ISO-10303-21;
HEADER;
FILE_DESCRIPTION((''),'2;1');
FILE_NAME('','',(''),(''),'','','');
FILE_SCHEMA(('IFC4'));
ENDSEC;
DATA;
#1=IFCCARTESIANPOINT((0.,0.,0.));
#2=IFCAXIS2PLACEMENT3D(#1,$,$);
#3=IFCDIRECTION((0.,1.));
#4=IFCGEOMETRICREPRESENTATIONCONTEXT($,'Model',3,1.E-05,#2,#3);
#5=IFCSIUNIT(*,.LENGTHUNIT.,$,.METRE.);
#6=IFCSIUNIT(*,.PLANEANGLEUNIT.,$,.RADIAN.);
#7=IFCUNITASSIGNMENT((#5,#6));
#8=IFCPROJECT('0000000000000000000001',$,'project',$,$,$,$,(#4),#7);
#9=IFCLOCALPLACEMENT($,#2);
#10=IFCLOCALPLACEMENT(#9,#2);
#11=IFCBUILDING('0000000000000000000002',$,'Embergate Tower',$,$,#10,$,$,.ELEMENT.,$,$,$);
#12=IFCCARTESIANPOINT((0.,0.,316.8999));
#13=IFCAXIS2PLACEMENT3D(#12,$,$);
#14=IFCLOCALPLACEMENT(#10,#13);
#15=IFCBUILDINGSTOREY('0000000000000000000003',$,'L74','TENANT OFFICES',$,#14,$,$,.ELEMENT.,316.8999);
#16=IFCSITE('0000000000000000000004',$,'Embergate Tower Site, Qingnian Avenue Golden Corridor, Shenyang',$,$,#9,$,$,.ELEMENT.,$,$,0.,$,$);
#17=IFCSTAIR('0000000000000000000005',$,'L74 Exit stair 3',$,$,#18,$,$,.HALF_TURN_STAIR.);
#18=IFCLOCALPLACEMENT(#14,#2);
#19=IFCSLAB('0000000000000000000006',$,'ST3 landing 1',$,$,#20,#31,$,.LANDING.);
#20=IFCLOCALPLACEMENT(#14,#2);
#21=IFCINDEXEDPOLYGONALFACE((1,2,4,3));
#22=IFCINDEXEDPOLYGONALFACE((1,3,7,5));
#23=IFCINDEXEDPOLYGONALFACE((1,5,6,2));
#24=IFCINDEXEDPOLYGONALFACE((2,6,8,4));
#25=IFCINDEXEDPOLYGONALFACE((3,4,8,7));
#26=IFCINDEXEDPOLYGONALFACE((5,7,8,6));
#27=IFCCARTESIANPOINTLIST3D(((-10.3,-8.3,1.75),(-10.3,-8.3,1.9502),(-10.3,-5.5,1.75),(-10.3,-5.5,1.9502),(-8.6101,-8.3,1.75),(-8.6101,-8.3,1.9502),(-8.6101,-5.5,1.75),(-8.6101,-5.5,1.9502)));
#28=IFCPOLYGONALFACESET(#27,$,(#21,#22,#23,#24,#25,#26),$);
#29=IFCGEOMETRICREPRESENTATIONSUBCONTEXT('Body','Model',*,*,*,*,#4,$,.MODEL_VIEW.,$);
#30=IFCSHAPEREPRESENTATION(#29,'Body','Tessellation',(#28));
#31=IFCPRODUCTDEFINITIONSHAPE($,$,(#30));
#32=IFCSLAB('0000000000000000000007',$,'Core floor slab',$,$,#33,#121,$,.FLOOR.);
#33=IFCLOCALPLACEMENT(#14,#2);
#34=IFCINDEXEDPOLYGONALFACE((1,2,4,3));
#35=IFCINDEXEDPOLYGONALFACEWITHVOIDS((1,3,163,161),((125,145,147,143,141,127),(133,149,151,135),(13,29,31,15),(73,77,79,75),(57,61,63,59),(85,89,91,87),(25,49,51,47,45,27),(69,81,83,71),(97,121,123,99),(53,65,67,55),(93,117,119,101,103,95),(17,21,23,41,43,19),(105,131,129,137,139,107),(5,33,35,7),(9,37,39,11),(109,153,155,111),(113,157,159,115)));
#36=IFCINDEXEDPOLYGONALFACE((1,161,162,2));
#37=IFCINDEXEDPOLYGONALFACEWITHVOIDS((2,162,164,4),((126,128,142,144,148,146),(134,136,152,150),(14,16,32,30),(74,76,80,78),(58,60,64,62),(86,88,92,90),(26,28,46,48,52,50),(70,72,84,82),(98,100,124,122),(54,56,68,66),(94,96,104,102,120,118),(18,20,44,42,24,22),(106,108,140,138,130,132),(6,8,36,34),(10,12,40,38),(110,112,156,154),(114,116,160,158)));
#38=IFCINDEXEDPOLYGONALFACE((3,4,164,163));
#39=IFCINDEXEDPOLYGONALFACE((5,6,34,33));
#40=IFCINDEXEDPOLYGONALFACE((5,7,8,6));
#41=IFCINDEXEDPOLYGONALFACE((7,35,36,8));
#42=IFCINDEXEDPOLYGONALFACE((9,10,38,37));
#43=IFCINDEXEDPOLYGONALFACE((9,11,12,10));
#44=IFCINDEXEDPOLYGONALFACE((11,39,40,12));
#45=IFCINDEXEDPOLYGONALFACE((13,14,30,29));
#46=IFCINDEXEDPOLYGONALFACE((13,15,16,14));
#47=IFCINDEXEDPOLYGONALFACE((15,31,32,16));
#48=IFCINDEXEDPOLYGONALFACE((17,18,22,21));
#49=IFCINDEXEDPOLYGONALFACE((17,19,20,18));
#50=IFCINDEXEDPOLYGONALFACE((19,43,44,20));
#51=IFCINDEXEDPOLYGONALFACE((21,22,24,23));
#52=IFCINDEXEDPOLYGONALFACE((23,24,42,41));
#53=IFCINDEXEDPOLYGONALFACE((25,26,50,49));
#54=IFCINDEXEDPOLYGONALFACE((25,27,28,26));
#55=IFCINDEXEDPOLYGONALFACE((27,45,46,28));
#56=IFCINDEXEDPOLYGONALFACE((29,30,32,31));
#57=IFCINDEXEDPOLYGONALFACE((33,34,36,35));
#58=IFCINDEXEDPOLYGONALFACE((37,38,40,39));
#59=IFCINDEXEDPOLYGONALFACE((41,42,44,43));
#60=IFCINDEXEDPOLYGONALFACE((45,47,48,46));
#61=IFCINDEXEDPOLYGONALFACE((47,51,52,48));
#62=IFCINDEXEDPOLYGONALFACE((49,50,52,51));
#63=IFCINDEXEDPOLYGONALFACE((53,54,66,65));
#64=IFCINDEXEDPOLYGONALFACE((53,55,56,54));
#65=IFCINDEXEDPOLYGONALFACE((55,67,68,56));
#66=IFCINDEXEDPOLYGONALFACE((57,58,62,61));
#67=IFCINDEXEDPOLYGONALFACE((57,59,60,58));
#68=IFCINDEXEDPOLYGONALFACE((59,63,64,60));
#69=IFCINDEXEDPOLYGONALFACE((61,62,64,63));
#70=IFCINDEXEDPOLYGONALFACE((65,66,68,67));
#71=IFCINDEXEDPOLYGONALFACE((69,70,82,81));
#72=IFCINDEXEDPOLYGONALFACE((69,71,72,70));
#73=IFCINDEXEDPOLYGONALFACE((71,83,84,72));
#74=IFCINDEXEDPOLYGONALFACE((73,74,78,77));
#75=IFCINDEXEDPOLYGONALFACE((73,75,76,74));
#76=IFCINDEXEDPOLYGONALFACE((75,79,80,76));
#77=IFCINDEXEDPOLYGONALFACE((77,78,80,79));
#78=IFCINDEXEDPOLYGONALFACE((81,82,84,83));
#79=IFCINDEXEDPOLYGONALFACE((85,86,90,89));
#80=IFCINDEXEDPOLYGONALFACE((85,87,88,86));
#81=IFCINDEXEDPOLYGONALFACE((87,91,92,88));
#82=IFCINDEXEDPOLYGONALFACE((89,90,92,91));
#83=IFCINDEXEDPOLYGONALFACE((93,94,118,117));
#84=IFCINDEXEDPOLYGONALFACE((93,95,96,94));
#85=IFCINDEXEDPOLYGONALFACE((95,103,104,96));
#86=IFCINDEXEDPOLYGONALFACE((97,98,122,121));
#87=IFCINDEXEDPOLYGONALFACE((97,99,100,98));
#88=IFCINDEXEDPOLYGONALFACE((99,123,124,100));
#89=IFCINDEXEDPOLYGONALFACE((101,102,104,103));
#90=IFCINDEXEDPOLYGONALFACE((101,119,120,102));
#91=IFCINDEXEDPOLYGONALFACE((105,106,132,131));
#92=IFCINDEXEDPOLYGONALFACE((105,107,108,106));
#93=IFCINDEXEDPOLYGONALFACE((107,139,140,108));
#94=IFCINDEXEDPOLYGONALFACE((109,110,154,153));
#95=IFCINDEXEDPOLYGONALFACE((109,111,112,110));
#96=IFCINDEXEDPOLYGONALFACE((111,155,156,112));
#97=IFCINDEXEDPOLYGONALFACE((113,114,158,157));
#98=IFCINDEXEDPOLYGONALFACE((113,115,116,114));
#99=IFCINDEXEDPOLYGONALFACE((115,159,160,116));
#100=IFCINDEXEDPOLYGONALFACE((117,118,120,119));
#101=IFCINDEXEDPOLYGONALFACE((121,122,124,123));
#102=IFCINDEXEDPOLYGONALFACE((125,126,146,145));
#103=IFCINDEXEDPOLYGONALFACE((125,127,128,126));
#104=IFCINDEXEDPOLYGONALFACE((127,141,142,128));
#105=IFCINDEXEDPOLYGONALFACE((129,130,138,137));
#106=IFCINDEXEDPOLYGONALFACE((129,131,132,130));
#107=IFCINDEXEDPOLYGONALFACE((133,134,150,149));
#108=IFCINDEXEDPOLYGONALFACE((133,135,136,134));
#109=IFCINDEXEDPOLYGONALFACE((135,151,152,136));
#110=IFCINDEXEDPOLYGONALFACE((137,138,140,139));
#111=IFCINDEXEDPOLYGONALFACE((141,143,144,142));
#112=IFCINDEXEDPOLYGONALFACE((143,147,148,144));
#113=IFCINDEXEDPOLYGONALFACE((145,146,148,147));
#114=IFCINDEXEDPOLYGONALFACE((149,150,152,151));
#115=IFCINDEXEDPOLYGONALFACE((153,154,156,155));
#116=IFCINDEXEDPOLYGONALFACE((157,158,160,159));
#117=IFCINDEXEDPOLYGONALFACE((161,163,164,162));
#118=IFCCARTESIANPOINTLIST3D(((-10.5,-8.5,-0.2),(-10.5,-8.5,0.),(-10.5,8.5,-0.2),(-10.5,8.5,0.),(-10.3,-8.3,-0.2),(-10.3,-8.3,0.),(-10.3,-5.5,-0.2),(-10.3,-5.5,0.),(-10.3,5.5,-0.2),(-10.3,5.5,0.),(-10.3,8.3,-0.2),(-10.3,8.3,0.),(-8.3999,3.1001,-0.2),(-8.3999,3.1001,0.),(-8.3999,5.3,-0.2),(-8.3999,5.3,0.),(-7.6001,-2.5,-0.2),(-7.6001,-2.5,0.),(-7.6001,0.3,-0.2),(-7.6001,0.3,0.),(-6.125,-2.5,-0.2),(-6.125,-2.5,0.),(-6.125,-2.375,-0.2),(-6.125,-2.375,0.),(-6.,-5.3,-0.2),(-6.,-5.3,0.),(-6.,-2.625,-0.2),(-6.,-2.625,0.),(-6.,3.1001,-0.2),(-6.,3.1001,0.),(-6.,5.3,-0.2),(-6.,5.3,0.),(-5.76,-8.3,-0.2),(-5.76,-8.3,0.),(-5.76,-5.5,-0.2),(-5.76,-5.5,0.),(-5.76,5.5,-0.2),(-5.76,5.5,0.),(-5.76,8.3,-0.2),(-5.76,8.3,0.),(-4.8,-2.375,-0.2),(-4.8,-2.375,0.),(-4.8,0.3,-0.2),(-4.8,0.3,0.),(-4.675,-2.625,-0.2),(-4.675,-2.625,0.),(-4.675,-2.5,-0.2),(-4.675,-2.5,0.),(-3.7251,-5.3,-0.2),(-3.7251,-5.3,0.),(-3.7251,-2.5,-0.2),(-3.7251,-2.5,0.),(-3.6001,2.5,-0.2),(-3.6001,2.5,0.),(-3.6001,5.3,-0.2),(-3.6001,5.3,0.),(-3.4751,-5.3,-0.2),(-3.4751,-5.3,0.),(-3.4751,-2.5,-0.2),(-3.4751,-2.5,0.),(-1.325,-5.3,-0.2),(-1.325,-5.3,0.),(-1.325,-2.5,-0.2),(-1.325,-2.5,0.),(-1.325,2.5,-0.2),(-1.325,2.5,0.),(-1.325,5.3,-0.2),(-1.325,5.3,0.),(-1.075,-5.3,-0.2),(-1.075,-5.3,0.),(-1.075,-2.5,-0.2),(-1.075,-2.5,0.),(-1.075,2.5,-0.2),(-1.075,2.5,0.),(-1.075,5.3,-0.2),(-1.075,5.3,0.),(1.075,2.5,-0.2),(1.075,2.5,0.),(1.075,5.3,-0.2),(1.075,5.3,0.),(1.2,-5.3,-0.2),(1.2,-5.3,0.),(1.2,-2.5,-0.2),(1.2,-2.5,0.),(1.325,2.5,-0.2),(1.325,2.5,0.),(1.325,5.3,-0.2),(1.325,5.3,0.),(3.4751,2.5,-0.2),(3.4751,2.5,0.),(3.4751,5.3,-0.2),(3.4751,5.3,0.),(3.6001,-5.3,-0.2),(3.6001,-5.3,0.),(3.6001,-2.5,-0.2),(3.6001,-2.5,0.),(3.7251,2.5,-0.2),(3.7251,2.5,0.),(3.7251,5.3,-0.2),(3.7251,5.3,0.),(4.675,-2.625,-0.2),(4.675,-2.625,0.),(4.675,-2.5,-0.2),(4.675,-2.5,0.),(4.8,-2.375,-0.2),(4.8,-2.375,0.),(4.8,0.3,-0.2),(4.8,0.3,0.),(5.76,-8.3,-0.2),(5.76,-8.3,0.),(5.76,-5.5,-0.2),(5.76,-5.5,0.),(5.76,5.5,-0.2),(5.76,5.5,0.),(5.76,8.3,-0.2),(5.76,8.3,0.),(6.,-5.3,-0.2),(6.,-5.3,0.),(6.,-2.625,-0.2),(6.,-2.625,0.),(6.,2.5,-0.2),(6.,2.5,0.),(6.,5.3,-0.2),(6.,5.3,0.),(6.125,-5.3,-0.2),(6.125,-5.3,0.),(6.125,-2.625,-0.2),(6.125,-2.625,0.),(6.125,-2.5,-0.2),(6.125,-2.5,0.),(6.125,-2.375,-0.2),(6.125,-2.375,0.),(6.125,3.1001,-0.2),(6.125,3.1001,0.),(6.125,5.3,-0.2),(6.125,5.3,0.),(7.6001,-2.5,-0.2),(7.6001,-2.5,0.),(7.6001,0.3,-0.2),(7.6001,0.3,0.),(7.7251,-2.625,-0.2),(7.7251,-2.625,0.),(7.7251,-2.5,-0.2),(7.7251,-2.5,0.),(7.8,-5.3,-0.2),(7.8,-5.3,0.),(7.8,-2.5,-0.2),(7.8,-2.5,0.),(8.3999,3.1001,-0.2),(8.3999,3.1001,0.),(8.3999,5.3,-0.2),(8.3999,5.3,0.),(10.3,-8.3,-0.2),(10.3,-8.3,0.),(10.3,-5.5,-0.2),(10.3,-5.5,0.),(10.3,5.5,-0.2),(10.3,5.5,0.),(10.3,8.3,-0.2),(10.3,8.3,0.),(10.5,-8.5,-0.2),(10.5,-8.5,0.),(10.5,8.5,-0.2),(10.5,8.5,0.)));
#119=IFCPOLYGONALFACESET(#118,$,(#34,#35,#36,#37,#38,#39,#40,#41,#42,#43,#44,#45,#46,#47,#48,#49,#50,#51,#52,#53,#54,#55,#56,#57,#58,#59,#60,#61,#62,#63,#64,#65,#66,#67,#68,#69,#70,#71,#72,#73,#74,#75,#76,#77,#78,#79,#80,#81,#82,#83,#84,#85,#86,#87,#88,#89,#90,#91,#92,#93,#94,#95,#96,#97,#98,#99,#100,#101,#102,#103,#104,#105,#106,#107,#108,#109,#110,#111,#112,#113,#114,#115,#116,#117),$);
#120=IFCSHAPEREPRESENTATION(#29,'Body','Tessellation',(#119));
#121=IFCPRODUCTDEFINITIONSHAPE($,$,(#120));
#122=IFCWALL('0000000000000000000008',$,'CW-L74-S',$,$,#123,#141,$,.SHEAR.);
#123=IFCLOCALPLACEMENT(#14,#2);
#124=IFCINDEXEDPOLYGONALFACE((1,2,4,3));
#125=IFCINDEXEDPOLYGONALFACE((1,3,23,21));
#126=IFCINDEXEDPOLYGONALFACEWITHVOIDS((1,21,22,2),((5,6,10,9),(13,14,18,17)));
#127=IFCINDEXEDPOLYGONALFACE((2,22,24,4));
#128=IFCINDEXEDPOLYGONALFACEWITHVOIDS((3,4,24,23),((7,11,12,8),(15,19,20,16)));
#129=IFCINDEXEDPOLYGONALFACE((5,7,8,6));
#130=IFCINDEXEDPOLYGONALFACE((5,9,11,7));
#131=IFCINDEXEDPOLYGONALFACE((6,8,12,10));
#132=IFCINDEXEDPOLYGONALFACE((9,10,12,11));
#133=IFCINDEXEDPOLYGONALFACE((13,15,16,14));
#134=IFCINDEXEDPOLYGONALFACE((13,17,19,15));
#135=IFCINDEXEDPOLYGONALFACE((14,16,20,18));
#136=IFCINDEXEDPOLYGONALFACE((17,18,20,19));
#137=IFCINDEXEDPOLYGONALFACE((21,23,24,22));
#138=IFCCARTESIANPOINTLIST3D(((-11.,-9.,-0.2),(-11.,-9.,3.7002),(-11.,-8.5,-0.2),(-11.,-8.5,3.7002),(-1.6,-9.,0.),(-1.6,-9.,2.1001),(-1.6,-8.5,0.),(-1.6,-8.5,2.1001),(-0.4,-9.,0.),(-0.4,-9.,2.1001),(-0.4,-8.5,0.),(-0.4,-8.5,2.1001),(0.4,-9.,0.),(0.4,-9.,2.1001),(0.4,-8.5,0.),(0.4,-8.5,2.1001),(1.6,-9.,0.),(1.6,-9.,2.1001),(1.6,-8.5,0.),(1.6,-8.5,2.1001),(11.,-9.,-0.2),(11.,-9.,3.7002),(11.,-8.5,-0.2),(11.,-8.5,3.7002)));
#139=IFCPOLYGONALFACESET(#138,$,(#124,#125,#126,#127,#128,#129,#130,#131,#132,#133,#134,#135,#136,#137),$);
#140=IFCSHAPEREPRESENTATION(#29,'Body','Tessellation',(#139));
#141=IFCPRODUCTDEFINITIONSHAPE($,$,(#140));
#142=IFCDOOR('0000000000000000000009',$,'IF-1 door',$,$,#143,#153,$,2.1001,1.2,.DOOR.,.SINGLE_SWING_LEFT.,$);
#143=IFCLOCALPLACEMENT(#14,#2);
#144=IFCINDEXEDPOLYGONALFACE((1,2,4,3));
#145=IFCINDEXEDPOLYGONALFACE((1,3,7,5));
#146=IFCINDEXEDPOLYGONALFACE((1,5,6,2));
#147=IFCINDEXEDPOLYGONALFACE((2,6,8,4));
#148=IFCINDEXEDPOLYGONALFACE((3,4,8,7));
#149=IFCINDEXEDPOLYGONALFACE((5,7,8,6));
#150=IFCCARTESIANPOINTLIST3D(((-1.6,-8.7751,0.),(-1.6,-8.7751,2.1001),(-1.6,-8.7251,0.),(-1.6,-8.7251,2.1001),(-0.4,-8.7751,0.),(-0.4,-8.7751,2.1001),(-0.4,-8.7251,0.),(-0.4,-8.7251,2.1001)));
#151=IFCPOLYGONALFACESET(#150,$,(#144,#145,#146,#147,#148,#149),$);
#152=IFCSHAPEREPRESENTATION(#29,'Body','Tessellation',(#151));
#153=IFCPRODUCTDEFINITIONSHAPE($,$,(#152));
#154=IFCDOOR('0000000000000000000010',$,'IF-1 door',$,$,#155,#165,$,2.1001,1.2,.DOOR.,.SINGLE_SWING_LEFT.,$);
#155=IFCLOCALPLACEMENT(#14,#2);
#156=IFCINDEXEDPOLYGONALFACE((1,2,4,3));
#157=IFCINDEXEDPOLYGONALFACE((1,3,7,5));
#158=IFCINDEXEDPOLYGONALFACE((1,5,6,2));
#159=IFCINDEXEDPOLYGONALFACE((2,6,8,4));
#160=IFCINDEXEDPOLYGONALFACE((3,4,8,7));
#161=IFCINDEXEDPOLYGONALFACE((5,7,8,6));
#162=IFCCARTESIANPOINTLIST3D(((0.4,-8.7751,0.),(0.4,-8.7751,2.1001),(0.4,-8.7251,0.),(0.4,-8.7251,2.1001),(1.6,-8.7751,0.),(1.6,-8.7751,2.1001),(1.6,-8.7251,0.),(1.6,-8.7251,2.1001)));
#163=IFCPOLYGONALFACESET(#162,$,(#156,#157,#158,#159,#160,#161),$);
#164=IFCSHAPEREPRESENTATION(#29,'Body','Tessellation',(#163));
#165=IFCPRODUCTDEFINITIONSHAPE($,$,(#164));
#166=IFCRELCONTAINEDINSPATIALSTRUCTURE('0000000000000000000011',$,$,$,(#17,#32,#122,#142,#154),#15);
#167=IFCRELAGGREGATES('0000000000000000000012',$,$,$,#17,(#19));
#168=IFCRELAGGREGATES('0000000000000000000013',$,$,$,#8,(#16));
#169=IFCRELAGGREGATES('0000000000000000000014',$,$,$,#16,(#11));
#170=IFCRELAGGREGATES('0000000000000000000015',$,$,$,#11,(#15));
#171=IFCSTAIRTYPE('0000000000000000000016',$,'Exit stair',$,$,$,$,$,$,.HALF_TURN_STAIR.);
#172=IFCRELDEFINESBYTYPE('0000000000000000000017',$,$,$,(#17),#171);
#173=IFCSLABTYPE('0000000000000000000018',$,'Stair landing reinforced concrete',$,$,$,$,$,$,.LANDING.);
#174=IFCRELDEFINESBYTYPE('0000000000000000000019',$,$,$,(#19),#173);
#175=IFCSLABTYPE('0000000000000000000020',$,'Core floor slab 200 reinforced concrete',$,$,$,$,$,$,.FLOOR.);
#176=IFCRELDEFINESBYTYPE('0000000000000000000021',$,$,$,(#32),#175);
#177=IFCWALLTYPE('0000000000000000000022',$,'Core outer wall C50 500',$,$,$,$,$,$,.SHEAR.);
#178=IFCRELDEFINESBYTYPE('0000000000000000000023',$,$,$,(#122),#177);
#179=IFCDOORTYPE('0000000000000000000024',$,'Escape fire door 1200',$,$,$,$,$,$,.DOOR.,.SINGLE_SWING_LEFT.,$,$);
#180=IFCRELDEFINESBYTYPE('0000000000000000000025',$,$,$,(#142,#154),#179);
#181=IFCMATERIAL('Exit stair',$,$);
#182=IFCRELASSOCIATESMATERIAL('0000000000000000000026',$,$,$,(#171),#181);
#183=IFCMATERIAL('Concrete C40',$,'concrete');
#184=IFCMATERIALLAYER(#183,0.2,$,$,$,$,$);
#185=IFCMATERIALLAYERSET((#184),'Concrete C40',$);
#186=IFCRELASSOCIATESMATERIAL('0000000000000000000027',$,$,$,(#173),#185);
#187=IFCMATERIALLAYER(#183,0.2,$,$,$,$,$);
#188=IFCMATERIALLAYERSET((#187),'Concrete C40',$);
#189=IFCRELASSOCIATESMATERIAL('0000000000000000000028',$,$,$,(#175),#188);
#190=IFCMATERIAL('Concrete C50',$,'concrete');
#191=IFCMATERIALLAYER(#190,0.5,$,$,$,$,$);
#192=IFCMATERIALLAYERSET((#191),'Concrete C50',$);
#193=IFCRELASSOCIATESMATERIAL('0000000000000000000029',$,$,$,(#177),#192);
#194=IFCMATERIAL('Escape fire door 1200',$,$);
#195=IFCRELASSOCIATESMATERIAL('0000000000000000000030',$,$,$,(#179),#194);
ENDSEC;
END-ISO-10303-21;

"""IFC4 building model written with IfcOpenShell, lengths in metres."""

from ifc_helpers import new_model, si_unit, direction, frame, frame_2d, origin, place, context, subcontext, project, spatial, polyline, rectangle, outline, extrude, source, transform, mapped, material, layer, layer_set, type_object, element, fill, aggregate, save


model = new_model("IFC4")

# Units and contexts
model_context = context("Model", 3, precision=1e-05, world=origin(), true_north=direction((0.0, 1.0)))
body_context = subcontext(model_context, "Body", "Model", "MODEL_VIEW")
ifc_project = project(units=[si_unit("LENGTHUNIT", "METRE"), si_unit("PLANEANGLEUNIT", "RADIAN")], contexts=[model_context])

# Site, building, storey
site_placement = place(None, origin())
site = spatial("IfcSite", under=ifc_project, at=site_placement, Name="Embergate Tower Site, Qingnian Avenue Golden Corridor, Shenyang", CompositionType="ELEMENT", RefElevation=0.0)
building_placement = place(site_placement, origin())
building = spatial("IfcBuilding", under=site, at=building_placement, Name="Embergate Tower", CompositionType="ELEMENT")
storey_placement = place(building_placement, frame((0.0, 0.0, 316.8999)))
storey = spatial("IfcBuildingStorey", under=building, at=storey_placement, Name="L74", Description="TENANT OFFICES", CompositionType="ELEMENT", Elevation=316.8999)

# Stair, slab
ifc_material_1 = material(Name="Exit stair")
stair_type = type_object("IfcStairType", Name="Exit stair", PredefinedType="HALF_TURN_STAIR", material=ifc_material_1)
stair_placement = place(storey_placement, origin())
stair = element("IfcStair", 1, at=stair_placement, inside=storey, type_object=stair_type, Name="L74 Exit stair 3", PredefinedType="HALF_TURN_STAIR")
ifc_material_2 = material(Name="Concrete C40", Category="concrete")
ifc_layer_1 = layer(ifc_material_2, 0.2)
ifc_layer_set_1 = layer_set([ifc_layer_1], Name="Concrete C40")
slab_type_1 = type_object("IfcSlabType", Name="Stair landing reinforced concrete", PredefinedType="LANDING", material=ifc_layer_set_1)
shared_shape_1 = source(origin(), body_context, "Body", "SweptSolid", [
    extrude(outline(polyline([(0.0, 0.0), (1.6899, 0.0), (1.6899, 2.8), (0.0, 2.8), (0.0, 0.0)])), origin(), (0.0, 0.0, 1.0), 0.2002),
])
slab_1_placement = place(storey_placement, frame((-10.3, -8.3, 1.75)))
slab_1 = element("IfcSlab", 2, at=slab_1_placement, type_object=slab_type_1, Name="ST3 landing 1", PredefinedType="LANDING", context=body_context, shape_type="MappedRepresentation", body=[
    mapped(shared_shape_1, transform((0.0, 0.0, 0.0))),
])

# Slab
ifc_layer_2 = layer(ifc_material_2, 0.2)
ifc_layer_set_2 = layer_set([ifc_layer_2], Name="Concrete C40")
slab_type_2 = type_object("IfcSlabType", Name="Core floor slab 200 reinforced concrete", PredefinedType="FLOOR", material=ifc_layer_set_2)
shared_shape_2 = source(origin(), body_context, "Body", "SweptSolid", [
    extrude(outline(polyline([(0.0, 0.0), (21.0, 0.0), (21.0, 17.0), (0.0, 17.0), (0.0, 0.0)]), holes=[polyline([(0.2, 0.2), (0.2, 3.0), (4.74, 3.0), (4.74, 0.2), (0.2, 0.2)]), polyline([(16.26, 0.2), (16.26, 3.0), (20.8, 3.0), (20.8, 0.2), (16.26, 0.2)]), polyline([(4.5, 3.2), (4.5, 5.875), (5.825, 5.875), (5.825, 6.0), (6.7749, 6.0), (6.7749, 3.2), (4.5, 3.2)]), polyline([(7.0249, 3.2), (7.0249, 6.0), (9.175, 6.0), (9.175, 3.2), (7.0249, 3.2)]), polyline([(9.425, 3.2), (9.425, 6.0), (11.7, 6.0), (11.7, 3.2), (9.425, 3.2)]), polyline([(14.1001, 3.2), (14.1001, 6.0), (15.175, 6.0), (15.175, 5.875), (16.5, 5.875), (16.5, 3.2), (14.1001, 3.2)]), polyline([(16.625, 3.2), (16.625, 5.875), (18.2251, 5.875), (18.2251, 6.0), (18.3, 6.0), (18.3, 3.2), (16.625, 3.2)]), polyline([(2.8999, 6.0), (2.8999, 8.8), (5.7, 8.8), (5.7, 6.125), (4.375, 6.125), (4.375, 6.0), (2.8999, 6.0)]), polyline([(16.625, 6.0), (16.625, 6.125), (15.3, 6.125), (15.3, 8.8), (18.1001, 8.8), (18.1001, 6.0), (16.625, 6.0)]), polyline([(6.8999, 11.0), (6.8999, 13.8), (9.175, 13.8), (9.175, 11.0), (6.8999, 11.0)]), polyline([(9.425, 11.0), (9.425, 13.8), (11.575, 13.8), (11.575, 11.0), (9.425, 11.0)]), polyline([(11.825, 11.0), (11.825, 13.8), (13.9751, 13.8), (13.9751, 11.0), (11.825, 11.0)]), polyline([(14.2251, 11.0), (14.2251, 13.8), (16.5, 13.8), (16.5, 11.0), (14.2251, 11.0)]), polyline([(2.1001, 11.6001), (2.1001, 13.8), (4.5, 13.8), (4.5, 11.6001), (2.1001, 11.6001)]), polyline([(16.625, 11.6001), (16.625, 13.8), (18.8999, 13.8), (18.8999, 11.6001), (16.625, 11.6001)]), polyline([(0.2, 14.0), (0.2, 16.8), (4.74, 16.8), (4.74, 14.0), (0.2, 14.0)]), polyline([(16.26, 14.0), (16.26, 16.8), (20.8, 16.8), (20.8, 14.0), (16.26, 14.0)])]), origin(), (0.0, 0.0, 1.0), 0.2),
])
slab_2_placement = place(storey_placement, frame((-10.5, -8.5, -0.2)))
element("IfcSlab", 3, at=slab_2_placement, inside=storey, type_object=slab_type_2, Name="Core floor slab", PredefinedType="FLOOR", context=body_context, shape_type="MappedRepresentation", body=[
    mapped(shared_shape_2, transform((0.0, 0.0, 0.0))),
])

# Wall, openings, doors
ifc_material_3 = material(Name="Concrete C50", Category="concrete")
ifc_layer_3 = layer(ifc_material_3, 0.5)
ifc_layer_set_3 = layer_set([ifc_layer_3], Name="Concrete C50")
wall_type_1 = type_object("IfcWallType", Name="Core outer wall C50 500", PredefinedType="SHEAR", material=ifc_layer_set_3)
shared_shape_3 = source(origin(), body_context, "Body", "SweptSolid", [
    extrude(rectangle(XDim=22.0, YDim=0.5, at=frame_2d((11.0, 0.0))), origin(), (0.0, 0.0, 1.0), 3.9001),
])
wall_1_placement = place(storey_placement, frame((-11.0, -8.75, -0.2), z_axis=(0.0, 0.0, 1.0), x_axis=(1.0, 0.0, 0.0)))
wall_1 = element("IfcWall", 4, at=wall_1_placement, inside=storey, type_object=wall_type_1, Name="CW-L74-S", PredefinedType="SHEAR", context=body_context, shape_type="MappedRepresentation", body=[
    mapped(shared_shape_3, transform((0.0, 0.0, 0.0))),
])
shared_shape_4 = source(origin(), body_context, "Body", "SweptSolid", [
    extrude(rectangle(XDim=1.2, YDim=2.1001, at=frame_2d((0.6001, 1.05))), frame((0.0, 0.26, 0.0), z_axis=(0.0, -1.0, 0.0), x_axis=(1.0, 0.0, 0.0)), (0.0, 0.0, 1.0), 0.52),
])
opening_1_placement = place(wall_1_placement, frame((9.3999, 0.0, 0.2)))
opening_1 = element("IfcOpeningElement", 5, at=opening_1_placement, cuts=wall_1, PredefinedType="OPENING", context=body_context, shape_type="MappedRepresentation", body=[
    mapped(shared_shape_4, transform((0.0, 0.0, 0.0))),
])
opening_2_placement = place(wall_1_placement, frame((11.3999, 0.0, 0.2)))
opening_2 = element("IfcOpeningElement", 6, at=opening_2_placement, cuts=wall_1, PredefinedType="OPENING", context=body_context, shape_type="MappedRepresentation", body=[
    mapped(shared_shape_4, transform((0.0, 0.0, 0.0))),
])
ifc_material_4 = material(Name="Escape fire door 1200")
door_type_1 = type_object("IfcDoorType", Name="Escape fire door 1200", OperationType="SINGLE_SWING_LEFT", PredefinedType="DOOR", material=ifc_material_4)
shared_shape_5 = source(origin(), body_context, "Body", "SweptSolid", [
    extrude(rectangle(XDim=1.2, YDim=2.1001, at=frame_2d((0.6001, 1.05))), frame((0.0, 0.0249, 0.0), z_axis=(0.0, -1.0, 0.0), x_axis=(1.0, 0.0, 0.0)), (0.0, 0.0, 1.0), 0.05),
])
door_1_placement = place(opening_1_placement, origin())
door_1 = element("IfcDoor", 7, at=door_1_placement, inside=storey, type_object=door_type_1, Name="IF-1 door", OperationType="SINGLE_SWING_LEFT", OverallHeight=2.1001, OverallWidth=1.2, PredefinedType="DOOR", context=body_context, shape_type="MappedRepresentation", body=[
    mapped(shared_shape_5, transform((0.0, 0.0, 0.0))),
])
fill(opening_1, door_1)
door_2_placement = place(opening_2_placement, origin())
door_2 = element("IfcDoor", 8, at=door_2_placement, inside=storey, type_object=door_type_1, Name="IF-1 door", OperationType="SINGLE_SWING_LEFT", OverallHeight=2.1001, OverallWidth=1.2, PredefinedType="DOOR", context=body_context, shape_type="MappedRepresentation", body=[
    mapped(shared_shape_5, transform((0.0, 0.0, 0.0))),
])
fill(opening_2, door_2)

aggregate(stair, [slab_1])

save(model, "model.ifc")
